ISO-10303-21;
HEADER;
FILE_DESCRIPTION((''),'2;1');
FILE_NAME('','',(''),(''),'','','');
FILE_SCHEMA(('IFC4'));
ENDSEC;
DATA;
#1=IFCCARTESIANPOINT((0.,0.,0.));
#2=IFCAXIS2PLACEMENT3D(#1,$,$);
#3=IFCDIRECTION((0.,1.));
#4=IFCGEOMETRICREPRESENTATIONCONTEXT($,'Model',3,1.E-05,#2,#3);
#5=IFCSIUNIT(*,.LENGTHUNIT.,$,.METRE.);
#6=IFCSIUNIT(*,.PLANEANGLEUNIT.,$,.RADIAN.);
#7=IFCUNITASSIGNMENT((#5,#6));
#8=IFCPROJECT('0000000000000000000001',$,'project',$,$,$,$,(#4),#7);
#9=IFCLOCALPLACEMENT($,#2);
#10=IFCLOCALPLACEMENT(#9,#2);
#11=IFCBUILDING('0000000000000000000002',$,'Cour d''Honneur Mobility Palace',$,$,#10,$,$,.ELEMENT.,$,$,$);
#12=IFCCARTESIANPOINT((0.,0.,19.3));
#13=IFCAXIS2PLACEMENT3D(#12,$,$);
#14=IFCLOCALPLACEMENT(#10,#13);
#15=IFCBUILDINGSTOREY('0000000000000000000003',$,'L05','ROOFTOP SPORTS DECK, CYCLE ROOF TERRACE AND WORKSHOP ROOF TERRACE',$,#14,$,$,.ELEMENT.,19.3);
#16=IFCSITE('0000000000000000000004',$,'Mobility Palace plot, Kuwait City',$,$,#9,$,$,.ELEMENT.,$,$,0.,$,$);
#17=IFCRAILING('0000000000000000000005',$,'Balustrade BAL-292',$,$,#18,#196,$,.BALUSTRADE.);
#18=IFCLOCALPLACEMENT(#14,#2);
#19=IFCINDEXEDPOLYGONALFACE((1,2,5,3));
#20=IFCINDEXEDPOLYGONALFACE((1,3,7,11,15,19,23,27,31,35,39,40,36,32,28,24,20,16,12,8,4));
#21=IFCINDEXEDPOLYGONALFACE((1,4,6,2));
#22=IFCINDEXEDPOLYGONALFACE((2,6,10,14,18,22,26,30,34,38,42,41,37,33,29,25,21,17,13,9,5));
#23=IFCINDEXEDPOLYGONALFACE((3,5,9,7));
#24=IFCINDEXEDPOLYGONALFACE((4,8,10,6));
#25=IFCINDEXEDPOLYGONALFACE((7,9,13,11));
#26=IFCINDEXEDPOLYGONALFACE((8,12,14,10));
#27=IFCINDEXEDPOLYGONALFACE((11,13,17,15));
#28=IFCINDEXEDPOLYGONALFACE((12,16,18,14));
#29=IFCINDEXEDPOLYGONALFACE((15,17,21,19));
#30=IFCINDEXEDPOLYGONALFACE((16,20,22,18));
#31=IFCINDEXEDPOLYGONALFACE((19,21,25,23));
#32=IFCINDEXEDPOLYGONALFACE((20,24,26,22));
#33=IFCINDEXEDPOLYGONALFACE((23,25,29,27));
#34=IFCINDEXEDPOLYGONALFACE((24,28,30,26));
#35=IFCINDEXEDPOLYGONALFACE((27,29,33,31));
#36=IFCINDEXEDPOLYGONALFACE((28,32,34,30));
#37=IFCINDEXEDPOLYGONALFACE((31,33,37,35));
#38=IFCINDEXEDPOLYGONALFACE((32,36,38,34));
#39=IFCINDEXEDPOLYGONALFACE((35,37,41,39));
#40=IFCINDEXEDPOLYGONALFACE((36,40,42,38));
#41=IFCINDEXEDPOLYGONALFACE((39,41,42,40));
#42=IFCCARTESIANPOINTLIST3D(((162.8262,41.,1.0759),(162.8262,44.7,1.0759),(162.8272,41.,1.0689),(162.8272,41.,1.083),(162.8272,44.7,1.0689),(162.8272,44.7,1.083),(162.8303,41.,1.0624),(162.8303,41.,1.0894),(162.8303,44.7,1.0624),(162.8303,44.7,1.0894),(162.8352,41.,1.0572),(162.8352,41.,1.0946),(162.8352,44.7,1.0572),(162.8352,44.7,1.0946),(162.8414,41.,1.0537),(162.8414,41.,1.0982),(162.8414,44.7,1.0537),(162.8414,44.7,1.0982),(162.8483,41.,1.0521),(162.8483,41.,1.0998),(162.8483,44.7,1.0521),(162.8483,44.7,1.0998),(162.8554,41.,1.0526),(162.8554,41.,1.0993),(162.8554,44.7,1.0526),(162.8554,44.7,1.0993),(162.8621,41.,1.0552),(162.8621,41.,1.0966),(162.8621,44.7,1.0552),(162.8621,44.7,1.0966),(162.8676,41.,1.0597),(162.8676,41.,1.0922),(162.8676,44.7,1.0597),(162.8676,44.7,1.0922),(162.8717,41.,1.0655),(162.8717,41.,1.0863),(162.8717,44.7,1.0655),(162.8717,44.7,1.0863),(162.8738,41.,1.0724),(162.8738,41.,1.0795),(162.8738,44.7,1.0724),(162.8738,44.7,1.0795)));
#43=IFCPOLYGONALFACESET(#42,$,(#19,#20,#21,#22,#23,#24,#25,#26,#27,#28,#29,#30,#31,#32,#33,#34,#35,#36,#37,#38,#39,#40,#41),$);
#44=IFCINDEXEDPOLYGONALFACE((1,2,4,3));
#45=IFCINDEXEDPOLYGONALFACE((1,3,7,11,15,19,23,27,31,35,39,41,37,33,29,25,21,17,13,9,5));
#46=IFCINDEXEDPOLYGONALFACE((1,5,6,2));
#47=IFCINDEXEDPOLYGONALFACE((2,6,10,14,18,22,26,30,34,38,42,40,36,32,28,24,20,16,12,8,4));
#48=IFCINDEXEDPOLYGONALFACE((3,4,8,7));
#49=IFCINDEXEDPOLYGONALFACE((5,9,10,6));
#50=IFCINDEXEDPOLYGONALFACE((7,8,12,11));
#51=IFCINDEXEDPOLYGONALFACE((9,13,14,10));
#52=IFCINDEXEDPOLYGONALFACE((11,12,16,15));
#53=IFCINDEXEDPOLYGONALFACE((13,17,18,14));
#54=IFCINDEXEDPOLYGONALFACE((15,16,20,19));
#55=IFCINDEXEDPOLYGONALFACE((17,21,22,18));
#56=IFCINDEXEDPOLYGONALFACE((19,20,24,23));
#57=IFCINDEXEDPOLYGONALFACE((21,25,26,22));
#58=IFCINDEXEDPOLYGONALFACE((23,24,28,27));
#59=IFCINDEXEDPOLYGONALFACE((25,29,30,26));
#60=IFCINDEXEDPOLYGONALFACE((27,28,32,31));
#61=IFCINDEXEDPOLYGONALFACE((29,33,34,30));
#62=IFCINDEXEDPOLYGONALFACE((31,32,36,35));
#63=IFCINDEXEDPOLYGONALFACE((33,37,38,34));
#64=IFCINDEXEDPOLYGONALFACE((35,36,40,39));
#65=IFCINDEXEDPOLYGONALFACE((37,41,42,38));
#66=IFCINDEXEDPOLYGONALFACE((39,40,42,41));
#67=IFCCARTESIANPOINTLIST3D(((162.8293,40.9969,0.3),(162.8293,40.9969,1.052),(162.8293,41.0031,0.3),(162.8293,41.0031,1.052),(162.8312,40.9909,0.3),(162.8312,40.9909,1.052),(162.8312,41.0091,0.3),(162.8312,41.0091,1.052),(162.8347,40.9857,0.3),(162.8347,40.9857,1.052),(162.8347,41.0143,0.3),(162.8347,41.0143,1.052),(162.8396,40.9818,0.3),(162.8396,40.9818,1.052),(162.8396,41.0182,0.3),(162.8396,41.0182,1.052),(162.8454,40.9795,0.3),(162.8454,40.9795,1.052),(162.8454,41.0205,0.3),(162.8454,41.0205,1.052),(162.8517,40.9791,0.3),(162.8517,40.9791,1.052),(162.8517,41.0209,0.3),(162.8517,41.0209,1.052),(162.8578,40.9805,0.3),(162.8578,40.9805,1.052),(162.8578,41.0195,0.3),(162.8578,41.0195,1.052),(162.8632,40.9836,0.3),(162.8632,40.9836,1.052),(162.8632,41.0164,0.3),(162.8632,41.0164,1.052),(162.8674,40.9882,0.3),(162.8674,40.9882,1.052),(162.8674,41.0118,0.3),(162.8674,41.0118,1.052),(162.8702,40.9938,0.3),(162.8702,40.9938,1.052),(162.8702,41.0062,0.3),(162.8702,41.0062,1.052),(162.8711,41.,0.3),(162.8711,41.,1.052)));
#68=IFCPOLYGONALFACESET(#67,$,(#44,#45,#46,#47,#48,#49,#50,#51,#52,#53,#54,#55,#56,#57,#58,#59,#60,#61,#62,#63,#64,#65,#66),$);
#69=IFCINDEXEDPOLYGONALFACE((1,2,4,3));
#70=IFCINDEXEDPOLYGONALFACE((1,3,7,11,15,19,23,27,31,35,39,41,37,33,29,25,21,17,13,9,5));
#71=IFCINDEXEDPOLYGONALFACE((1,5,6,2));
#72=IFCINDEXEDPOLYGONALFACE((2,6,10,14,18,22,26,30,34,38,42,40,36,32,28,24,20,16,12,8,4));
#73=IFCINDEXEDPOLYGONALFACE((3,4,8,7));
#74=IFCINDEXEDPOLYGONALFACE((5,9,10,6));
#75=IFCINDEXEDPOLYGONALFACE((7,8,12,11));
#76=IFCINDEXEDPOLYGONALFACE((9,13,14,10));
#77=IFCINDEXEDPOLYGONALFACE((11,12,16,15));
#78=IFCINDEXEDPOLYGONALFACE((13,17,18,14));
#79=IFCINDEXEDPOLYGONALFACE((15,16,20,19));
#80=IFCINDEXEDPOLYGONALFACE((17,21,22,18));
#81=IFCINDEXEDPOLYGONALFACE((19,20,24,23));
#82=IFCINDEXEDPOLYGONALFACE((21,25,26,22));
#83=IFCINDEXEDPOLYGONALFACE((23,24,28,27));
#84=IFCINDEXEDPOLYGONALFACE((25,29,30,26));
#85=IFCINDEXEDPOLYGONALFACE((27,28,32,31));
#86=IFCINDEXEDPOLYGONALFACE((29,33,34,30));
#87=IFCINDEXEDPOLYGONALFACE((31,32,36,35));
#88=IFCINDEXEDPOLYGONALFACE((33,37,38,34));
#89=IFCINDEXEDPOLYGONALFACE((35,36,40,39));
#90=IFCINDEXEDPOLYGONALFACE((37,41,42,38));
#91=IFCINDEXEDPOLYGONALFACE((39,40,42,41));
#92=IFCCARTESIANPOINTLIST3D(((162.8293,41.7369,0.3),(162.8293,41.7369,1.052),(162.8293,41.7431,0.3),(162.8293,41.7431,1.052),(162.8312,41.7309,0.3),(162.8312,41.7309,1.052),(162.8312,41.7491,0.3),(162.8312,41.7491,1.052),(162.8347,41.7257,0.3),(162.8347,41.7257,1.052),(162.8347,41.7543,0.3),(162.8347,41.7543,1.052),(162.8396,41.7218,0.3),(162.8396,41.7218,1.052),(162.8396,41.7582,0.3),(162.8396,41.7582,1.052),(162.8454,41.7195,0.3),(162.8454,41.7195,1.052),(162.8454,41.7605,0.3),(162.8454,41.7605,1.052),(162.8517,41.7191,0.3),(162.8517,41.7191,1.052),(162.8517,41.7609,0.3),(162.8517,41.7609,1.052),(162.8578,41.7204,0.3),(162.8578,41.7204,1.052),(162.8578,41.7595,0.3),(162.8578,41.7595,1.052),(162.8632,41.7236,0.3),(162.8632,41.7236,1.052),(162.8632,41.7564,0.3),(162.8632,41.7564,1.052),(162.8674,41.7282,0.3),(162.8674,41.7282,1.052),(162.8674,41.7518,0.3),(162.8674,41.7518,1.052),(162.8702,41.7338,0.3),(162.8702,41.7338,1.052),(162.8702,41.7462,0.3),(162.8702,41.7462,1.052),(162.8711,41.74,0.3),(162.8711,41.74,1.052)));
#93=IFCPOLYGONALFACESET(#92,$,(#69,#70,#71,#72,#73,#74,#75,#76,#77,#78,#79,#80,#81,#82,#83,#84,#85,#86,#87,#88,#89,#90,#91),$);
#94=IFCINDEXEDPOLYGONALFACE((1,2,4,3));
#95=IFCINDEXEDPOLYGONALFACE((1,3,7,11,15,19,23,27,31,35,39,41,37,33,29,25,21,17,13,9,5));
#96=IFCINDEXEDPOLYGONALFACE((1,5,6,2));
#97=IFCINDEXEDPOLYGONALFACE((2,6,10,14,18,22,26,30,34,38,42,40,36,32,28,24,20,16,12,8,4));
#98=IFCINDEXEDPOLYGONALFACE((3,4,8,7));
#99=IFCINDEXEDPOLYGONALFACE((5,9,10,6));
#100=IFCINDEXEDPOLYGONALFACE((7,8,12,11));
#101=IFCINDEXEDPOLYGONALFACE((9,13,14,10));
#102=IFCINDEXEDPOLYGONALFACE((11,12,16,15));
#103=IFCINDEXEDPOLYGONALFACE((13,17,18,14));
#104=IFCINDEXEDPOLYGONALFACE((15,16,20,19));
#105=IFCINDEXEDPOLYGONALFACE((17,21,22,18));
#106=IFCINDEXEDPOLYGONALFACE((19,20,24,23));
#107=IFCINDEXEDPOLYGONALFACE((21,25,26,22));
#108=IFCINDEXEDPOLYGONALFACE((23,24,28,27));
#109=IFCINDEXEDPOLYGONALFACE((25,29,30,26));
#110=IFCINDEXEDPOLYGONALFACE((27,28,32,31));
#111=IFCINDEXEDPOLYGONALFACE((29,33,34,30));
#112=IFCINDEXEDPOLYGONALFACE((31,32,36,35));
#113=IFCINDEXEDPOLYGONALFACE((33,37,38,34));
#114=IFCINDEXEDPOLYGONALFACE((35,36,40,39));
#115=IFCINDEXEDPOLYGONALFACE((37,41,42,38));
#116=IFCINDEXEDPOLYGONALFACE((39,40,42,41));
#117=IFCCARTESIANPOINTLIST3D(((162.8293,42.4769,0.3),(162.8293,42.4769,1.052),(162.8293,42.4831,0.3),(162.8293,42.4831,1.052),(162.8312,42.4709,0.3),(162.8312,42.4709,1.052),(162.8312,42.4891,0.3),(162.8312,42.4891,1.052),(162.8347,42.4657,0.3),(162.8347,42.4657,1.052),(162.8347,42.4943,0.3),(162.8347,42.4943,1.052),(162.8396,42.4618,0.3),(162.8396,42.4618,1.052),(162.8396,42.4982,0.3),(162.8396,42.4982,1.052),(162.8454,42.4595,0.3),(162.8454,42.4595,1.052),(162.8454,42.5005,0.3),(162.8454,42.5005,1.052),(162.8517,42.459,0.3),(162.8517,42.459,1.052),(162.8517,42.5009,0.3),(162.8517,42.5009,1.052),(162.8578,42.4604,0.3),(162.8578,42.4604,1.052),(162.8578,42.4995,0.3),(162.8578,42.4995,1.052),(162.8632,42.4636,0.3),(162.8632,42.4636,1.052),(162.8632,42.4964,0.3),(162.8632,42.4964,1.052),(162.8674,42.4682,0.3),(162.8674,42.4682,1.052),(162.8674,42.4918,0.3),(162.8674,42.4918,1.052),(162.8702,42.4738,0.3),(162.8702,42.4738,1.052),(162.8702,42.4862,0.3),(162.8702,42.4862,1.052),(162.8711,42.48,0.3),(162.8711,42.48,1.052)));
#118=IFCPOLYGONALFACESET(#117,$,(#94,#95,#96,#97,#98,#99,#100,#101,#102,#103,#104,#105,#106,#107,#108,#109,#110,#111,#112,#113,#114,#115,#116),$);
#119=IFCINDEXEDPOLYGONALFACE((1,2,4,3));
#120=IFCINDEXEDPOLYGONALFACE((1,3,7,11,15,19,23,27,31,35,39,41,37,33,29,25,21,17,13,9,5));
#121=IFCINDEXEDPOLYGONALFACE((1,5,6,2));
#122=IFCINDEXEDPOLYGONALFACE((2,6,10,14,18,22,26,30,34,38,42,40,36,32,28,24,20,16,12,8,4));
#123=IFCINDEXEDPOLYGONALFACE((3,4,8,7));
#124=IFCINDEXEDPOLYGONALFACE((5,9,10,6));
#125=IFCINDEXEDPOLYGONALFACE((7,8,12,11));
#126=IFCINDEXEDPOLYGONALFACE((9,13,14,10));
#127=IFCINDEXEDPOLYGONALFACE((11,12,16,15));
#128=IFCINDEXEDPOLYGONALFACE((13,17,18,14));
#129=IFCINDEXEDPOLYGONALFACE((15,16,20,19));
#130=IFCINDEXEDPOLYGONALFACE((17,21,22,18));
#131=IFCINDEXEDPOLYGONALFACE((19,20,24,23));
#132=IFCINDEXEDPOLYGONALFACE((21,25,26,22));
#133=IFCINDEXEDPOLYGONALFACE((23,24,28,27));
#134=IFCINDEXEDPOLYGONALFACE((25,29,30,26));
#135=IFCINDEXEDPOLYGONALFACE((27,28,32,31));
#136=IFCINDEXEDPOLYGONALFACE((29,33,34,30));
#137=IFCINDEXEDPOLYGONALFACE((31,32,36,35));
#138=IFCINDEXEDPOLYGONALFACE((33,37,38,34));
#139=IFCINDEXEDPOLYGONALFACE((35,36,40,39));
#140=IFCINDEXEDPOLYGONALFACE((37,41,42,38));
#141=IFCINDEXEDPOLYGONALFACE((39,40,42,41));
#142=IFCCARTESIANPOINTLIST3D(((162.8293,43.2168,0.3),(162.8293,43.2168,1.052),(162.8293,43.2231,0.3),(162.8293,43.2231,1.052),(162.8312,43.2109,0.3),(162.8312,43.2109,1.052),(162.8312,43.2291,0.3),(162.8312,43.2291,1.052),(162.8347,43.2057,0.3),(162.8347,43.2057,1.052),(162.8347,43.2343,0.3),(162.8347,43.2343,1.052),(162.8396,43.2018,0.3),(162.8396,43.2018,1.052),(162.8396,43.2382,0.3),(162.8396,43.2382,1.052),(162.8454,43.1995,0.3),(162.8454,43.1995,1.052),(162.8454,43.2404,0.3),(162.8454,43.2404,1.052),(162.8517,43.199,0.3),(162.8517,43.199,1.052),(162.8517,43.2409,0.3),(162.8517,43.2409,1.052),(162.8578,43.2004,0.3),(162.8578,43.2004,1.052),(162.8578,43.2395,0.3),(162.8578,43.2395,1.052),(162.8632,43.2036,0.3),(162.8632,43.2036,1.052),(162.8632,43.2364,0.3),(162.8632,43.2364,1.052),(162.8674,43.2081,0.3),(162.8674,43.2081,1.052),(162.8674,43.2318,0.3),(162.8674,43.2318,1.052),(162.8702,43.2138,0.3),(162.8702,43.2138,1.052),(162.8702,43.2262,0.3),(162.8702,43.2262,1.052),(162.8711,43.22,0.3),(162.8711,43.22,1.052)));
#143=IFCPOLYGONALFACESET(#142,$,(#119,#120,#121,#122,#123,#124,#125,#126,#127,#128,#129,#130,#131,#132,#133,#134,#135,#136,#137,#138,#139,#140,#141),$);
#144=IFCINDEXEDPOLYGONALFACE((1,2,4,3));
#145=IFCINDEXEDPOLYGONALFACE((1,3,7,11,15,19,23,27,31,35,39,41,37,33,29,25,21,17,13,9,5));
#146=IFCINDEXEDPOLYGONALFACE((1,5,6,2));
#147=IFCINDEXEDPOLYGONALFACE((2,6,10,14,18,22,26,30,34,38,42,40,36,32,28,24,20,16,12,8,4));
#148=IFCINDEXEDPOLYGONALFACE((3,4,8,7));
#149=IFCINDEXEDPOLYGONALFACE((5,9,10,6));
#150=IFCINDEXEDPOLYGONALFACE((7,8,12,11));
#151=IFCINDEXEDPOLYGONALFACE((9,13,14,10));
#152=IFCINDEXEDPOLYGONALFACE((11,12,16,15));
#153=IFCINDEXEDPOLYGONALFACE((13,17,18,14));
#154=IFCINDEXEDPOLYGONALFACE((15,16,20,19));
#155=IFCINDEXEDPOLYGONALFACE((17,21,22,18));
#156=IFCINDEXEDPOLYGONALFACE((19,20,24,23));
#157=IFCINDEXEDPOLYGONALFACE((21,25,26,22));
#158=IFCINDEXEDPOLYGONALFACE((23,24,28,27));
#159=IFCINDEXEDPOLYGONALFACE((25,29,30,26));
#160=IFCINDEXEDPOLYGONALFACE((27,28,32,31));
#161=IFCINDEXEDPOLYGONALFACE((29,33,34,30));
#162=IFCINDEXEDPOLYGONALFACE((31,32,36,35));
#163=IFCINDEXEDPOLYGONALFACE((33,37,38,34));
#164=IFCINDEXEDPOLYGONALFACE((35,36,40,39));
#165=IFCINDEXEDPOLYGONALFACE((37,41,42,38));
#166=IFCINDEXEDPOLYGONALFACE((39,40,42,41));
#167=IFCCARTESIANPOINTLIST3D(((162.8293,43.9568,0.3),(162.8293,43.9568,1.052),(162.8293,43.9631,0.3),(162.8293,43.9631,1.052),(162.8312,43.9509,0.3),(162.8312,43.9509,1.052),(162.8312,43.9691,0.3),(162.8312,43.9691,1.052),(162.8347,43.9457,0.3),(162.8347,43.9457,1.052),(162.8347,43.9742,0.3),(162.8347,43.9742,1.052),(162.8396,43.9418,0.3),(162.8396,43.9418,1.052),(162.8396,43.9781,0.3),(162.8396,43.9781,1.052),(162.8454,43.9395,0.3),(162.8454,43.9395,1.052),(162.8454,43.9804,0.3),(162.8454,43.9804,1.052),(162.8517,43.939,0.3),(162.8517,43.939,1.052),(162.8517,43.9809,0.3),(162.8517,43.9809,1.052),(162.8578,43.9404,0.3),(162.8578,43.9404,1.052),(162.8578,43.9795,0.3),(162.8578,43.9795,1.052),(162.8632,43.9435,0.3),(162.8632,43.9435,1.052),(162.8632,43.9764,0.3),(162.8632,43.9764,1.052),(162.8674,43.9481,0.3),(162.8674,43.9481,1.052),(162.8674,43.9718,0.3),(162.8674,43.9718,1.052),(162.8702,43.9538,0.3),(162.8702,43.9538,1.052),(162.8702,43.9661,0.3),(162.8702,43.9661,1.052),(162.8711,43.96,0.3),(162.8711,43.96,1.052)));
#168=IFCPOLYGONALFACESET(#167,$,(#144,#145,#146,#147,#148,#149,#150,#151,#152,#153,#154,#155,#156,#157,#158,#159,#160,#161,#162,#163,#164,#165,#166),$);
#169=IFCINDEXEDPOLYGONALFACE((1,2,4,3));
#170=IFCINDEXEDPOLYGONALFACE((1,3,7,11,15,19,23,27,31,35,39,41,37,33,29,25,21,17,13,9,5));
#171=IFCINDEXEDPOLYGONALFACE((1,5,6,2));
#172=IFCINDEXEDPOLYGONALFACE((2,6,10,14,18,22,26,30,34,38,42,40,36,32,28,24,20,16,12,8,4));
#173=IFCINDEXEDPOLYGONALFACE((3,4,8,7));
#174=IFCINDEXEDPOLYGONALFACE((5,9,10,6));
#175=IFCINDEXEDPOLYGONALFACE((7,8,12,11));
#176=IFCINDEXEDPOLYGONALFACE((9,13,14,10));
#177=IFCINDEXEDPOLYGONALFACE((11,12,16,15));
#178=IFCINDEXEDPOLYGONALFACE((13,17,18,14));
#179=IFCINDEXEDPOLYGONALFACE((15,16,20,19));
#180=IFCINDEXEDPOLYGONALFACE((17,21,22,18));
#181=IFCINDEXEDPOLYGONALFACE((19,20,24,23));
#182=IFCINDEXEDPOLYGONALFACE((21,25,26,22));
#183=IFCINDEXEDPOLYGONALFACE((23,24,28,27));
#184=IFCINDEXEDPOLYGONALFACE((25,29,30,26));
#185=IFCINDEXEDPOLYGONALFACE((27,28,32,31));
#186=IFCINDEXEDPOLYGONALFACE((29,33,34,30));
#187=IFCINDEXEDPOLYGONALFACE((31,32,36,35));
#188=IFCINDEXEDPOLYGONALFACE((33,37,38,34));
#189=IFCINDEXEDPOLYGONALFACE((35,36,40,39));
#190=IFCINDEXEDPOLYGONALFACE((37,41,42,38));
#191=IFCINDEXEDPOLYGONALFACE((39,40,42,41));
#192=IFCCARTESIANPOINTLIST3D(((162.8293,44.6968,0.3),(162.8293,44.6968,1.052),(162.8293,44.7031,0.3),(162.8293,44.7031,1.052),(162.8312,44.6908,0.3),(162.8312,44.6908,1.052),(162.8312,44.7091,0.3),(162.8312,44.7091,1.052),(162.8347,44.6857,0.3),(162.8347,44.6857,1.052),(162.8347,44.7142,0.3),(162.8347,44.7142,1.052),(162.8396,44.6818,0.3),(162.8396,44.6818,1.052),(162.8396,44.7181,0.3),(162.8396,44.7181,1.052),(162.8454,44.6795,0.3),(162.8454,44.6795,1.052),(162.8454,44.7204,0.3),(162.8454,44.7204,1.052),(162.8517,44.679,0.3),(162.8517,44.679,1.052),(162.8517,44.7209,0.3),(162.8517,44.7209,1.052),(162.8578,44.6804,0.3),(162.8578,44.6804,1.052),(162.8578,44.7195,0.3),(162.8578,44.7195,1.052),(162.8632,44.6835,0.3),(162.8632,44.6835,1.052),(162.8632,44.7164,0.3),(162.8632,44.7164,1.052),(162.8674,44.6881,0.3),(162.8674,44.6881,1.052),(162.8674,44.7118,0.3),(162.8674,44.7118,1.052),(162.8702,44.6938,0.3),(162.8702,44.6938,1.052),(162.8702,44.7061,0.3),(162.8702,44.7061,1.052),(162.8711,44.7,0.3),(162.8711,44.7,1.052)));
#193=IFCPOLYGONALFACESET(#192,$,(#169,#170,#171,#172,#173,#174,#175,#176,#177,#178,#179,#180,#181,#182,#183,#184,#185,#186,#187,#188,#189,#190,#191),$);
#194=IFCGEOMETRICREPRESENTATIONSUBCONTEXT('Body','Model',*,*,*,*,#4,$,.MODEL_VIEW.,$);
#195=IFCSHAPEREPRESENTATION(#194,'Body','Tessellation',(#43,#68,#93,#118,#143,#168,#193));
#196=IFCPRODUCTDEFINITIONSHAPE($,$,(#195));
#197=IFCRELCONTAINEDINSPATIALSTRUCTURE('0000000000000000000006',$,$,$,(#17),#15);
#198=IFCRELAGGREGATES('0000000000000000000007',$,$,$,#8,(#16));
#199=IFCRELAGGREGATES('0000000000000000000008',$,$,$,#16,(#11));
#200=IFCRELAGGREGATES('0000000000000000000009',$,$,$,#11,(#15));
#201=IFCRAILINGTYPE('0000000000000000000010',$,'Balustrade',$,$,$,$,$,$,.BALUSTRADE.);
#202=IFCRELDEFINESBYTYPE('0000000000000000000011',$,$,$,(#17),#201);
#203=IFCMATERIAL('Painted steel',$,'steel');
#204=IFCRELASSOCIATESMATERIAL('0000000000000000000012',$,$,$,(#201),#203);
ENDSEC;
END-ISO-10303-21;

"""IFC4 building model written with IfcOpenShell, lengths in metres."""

from ifc_helpers import new_model, si_unit, direction, frame, origin, origin_2d, place, context, subcontext, project, spatial, circle, extrude, material, type_object, element, save


model = new_model("IFC4")

# Units and contexts
model_context = context("Model", 3, precision=1e-05, world=origin(), true_north=direction((0.0, 1.0)))
body_context = subcontext(model_context, "Body", "Model", "MODEL_VIEW")
ifc_project = project(units=[si_unit("LENGTHUNIT", "METRE"), si_unit("PLANEANGLEUNIT", "RADIAN")], contexts=[model_context])

# Site, building, storey
site_placement = place(None, origin())
site = spatial("IfcSite", under=ifc_project, at=site_placement, Name="Mobility Palace plot, Kuwait City", CompositionType="ELEMENT", RefElevation=0.0)
building_placement = place(site_placement, origin())
building = spatial("IfcBuilding", under=site, at=building_placement, Name="Cour d'Honneur Mobility Palace", CompositionType="ELEMENT")
storey_placement = place(building_placement, frame((0.0, 0.0, 19.3)))
storey = spatial("IfcBuildingStorey", under=building, at=storey_placement, Name="L05", Description="ROOFTOP SPORTS DECK, CYCLE ROOF TERRACE AND WORKSHOP ROOF TERRACE", CompositionType="ELEMENT", Elevation=19.3)

# Railing
ifc_material_1 = material(Name="Painted steel", Category="steel")
railing_type_1 = type_object("IfcRailingType", Name="Balustrade", PredefinedType="BALUSTRADE", material=ifc_material_1)
railing_1_placement = place(storey_placement, frame((162.8501, 41.0, 0.3)))
element("IfcRailing", 1, at=railing_1_placement, inside=storey, type_object=railing_type_1, Name="Balustrade BAL-292", PredefinedType="BALUSTRADE", context=body_context, shape_type="SweptSolid", body=[
    extrude(circle(Radius=0.0239, at=origin_2d()), frame((0.0, 0.0, 0.7759), z_axis=(0.0, 1.0, 0.0), x_axis=(-1.0, 0.0, 0.0)), (0.0, 0.0, 1.0), 3.7),
    extrude(circle(Radius=0.021, at=origin_2d()), origin(), (0.0, 0.0, 1.0), 0.752),
    extrude(circle(Radius=0.021, at=origin_2d()), frame((0.0, 0.74, 0.0)), (0.0, 0.0, 1.0), 0.752),
    extrude(circle(Radius=0.021, at=origin_2d()), frame((0.0, 1.48, 0.0)), (0.0, 0.0, 1.0), 0.752),
    extrude(circle(Radius=0.021, at=origin_2d()), frame((0.0, 2.22, 0.0)), (0.0, 0.0, 1.0), 0.752),
    extrude(circle(Radius=0.021, at=origin_2d()), frame((0.0, 2.96, 0.0)), (0.0, 0.0, 1.0), 0.752),
    extrude(circle(Radius=0.021, at=origin_2d()), frame((0.0, 3.7, 0.0)), (0.0, 0.0, 1.0), 0.752),
])

save(model, "model.ifc")
